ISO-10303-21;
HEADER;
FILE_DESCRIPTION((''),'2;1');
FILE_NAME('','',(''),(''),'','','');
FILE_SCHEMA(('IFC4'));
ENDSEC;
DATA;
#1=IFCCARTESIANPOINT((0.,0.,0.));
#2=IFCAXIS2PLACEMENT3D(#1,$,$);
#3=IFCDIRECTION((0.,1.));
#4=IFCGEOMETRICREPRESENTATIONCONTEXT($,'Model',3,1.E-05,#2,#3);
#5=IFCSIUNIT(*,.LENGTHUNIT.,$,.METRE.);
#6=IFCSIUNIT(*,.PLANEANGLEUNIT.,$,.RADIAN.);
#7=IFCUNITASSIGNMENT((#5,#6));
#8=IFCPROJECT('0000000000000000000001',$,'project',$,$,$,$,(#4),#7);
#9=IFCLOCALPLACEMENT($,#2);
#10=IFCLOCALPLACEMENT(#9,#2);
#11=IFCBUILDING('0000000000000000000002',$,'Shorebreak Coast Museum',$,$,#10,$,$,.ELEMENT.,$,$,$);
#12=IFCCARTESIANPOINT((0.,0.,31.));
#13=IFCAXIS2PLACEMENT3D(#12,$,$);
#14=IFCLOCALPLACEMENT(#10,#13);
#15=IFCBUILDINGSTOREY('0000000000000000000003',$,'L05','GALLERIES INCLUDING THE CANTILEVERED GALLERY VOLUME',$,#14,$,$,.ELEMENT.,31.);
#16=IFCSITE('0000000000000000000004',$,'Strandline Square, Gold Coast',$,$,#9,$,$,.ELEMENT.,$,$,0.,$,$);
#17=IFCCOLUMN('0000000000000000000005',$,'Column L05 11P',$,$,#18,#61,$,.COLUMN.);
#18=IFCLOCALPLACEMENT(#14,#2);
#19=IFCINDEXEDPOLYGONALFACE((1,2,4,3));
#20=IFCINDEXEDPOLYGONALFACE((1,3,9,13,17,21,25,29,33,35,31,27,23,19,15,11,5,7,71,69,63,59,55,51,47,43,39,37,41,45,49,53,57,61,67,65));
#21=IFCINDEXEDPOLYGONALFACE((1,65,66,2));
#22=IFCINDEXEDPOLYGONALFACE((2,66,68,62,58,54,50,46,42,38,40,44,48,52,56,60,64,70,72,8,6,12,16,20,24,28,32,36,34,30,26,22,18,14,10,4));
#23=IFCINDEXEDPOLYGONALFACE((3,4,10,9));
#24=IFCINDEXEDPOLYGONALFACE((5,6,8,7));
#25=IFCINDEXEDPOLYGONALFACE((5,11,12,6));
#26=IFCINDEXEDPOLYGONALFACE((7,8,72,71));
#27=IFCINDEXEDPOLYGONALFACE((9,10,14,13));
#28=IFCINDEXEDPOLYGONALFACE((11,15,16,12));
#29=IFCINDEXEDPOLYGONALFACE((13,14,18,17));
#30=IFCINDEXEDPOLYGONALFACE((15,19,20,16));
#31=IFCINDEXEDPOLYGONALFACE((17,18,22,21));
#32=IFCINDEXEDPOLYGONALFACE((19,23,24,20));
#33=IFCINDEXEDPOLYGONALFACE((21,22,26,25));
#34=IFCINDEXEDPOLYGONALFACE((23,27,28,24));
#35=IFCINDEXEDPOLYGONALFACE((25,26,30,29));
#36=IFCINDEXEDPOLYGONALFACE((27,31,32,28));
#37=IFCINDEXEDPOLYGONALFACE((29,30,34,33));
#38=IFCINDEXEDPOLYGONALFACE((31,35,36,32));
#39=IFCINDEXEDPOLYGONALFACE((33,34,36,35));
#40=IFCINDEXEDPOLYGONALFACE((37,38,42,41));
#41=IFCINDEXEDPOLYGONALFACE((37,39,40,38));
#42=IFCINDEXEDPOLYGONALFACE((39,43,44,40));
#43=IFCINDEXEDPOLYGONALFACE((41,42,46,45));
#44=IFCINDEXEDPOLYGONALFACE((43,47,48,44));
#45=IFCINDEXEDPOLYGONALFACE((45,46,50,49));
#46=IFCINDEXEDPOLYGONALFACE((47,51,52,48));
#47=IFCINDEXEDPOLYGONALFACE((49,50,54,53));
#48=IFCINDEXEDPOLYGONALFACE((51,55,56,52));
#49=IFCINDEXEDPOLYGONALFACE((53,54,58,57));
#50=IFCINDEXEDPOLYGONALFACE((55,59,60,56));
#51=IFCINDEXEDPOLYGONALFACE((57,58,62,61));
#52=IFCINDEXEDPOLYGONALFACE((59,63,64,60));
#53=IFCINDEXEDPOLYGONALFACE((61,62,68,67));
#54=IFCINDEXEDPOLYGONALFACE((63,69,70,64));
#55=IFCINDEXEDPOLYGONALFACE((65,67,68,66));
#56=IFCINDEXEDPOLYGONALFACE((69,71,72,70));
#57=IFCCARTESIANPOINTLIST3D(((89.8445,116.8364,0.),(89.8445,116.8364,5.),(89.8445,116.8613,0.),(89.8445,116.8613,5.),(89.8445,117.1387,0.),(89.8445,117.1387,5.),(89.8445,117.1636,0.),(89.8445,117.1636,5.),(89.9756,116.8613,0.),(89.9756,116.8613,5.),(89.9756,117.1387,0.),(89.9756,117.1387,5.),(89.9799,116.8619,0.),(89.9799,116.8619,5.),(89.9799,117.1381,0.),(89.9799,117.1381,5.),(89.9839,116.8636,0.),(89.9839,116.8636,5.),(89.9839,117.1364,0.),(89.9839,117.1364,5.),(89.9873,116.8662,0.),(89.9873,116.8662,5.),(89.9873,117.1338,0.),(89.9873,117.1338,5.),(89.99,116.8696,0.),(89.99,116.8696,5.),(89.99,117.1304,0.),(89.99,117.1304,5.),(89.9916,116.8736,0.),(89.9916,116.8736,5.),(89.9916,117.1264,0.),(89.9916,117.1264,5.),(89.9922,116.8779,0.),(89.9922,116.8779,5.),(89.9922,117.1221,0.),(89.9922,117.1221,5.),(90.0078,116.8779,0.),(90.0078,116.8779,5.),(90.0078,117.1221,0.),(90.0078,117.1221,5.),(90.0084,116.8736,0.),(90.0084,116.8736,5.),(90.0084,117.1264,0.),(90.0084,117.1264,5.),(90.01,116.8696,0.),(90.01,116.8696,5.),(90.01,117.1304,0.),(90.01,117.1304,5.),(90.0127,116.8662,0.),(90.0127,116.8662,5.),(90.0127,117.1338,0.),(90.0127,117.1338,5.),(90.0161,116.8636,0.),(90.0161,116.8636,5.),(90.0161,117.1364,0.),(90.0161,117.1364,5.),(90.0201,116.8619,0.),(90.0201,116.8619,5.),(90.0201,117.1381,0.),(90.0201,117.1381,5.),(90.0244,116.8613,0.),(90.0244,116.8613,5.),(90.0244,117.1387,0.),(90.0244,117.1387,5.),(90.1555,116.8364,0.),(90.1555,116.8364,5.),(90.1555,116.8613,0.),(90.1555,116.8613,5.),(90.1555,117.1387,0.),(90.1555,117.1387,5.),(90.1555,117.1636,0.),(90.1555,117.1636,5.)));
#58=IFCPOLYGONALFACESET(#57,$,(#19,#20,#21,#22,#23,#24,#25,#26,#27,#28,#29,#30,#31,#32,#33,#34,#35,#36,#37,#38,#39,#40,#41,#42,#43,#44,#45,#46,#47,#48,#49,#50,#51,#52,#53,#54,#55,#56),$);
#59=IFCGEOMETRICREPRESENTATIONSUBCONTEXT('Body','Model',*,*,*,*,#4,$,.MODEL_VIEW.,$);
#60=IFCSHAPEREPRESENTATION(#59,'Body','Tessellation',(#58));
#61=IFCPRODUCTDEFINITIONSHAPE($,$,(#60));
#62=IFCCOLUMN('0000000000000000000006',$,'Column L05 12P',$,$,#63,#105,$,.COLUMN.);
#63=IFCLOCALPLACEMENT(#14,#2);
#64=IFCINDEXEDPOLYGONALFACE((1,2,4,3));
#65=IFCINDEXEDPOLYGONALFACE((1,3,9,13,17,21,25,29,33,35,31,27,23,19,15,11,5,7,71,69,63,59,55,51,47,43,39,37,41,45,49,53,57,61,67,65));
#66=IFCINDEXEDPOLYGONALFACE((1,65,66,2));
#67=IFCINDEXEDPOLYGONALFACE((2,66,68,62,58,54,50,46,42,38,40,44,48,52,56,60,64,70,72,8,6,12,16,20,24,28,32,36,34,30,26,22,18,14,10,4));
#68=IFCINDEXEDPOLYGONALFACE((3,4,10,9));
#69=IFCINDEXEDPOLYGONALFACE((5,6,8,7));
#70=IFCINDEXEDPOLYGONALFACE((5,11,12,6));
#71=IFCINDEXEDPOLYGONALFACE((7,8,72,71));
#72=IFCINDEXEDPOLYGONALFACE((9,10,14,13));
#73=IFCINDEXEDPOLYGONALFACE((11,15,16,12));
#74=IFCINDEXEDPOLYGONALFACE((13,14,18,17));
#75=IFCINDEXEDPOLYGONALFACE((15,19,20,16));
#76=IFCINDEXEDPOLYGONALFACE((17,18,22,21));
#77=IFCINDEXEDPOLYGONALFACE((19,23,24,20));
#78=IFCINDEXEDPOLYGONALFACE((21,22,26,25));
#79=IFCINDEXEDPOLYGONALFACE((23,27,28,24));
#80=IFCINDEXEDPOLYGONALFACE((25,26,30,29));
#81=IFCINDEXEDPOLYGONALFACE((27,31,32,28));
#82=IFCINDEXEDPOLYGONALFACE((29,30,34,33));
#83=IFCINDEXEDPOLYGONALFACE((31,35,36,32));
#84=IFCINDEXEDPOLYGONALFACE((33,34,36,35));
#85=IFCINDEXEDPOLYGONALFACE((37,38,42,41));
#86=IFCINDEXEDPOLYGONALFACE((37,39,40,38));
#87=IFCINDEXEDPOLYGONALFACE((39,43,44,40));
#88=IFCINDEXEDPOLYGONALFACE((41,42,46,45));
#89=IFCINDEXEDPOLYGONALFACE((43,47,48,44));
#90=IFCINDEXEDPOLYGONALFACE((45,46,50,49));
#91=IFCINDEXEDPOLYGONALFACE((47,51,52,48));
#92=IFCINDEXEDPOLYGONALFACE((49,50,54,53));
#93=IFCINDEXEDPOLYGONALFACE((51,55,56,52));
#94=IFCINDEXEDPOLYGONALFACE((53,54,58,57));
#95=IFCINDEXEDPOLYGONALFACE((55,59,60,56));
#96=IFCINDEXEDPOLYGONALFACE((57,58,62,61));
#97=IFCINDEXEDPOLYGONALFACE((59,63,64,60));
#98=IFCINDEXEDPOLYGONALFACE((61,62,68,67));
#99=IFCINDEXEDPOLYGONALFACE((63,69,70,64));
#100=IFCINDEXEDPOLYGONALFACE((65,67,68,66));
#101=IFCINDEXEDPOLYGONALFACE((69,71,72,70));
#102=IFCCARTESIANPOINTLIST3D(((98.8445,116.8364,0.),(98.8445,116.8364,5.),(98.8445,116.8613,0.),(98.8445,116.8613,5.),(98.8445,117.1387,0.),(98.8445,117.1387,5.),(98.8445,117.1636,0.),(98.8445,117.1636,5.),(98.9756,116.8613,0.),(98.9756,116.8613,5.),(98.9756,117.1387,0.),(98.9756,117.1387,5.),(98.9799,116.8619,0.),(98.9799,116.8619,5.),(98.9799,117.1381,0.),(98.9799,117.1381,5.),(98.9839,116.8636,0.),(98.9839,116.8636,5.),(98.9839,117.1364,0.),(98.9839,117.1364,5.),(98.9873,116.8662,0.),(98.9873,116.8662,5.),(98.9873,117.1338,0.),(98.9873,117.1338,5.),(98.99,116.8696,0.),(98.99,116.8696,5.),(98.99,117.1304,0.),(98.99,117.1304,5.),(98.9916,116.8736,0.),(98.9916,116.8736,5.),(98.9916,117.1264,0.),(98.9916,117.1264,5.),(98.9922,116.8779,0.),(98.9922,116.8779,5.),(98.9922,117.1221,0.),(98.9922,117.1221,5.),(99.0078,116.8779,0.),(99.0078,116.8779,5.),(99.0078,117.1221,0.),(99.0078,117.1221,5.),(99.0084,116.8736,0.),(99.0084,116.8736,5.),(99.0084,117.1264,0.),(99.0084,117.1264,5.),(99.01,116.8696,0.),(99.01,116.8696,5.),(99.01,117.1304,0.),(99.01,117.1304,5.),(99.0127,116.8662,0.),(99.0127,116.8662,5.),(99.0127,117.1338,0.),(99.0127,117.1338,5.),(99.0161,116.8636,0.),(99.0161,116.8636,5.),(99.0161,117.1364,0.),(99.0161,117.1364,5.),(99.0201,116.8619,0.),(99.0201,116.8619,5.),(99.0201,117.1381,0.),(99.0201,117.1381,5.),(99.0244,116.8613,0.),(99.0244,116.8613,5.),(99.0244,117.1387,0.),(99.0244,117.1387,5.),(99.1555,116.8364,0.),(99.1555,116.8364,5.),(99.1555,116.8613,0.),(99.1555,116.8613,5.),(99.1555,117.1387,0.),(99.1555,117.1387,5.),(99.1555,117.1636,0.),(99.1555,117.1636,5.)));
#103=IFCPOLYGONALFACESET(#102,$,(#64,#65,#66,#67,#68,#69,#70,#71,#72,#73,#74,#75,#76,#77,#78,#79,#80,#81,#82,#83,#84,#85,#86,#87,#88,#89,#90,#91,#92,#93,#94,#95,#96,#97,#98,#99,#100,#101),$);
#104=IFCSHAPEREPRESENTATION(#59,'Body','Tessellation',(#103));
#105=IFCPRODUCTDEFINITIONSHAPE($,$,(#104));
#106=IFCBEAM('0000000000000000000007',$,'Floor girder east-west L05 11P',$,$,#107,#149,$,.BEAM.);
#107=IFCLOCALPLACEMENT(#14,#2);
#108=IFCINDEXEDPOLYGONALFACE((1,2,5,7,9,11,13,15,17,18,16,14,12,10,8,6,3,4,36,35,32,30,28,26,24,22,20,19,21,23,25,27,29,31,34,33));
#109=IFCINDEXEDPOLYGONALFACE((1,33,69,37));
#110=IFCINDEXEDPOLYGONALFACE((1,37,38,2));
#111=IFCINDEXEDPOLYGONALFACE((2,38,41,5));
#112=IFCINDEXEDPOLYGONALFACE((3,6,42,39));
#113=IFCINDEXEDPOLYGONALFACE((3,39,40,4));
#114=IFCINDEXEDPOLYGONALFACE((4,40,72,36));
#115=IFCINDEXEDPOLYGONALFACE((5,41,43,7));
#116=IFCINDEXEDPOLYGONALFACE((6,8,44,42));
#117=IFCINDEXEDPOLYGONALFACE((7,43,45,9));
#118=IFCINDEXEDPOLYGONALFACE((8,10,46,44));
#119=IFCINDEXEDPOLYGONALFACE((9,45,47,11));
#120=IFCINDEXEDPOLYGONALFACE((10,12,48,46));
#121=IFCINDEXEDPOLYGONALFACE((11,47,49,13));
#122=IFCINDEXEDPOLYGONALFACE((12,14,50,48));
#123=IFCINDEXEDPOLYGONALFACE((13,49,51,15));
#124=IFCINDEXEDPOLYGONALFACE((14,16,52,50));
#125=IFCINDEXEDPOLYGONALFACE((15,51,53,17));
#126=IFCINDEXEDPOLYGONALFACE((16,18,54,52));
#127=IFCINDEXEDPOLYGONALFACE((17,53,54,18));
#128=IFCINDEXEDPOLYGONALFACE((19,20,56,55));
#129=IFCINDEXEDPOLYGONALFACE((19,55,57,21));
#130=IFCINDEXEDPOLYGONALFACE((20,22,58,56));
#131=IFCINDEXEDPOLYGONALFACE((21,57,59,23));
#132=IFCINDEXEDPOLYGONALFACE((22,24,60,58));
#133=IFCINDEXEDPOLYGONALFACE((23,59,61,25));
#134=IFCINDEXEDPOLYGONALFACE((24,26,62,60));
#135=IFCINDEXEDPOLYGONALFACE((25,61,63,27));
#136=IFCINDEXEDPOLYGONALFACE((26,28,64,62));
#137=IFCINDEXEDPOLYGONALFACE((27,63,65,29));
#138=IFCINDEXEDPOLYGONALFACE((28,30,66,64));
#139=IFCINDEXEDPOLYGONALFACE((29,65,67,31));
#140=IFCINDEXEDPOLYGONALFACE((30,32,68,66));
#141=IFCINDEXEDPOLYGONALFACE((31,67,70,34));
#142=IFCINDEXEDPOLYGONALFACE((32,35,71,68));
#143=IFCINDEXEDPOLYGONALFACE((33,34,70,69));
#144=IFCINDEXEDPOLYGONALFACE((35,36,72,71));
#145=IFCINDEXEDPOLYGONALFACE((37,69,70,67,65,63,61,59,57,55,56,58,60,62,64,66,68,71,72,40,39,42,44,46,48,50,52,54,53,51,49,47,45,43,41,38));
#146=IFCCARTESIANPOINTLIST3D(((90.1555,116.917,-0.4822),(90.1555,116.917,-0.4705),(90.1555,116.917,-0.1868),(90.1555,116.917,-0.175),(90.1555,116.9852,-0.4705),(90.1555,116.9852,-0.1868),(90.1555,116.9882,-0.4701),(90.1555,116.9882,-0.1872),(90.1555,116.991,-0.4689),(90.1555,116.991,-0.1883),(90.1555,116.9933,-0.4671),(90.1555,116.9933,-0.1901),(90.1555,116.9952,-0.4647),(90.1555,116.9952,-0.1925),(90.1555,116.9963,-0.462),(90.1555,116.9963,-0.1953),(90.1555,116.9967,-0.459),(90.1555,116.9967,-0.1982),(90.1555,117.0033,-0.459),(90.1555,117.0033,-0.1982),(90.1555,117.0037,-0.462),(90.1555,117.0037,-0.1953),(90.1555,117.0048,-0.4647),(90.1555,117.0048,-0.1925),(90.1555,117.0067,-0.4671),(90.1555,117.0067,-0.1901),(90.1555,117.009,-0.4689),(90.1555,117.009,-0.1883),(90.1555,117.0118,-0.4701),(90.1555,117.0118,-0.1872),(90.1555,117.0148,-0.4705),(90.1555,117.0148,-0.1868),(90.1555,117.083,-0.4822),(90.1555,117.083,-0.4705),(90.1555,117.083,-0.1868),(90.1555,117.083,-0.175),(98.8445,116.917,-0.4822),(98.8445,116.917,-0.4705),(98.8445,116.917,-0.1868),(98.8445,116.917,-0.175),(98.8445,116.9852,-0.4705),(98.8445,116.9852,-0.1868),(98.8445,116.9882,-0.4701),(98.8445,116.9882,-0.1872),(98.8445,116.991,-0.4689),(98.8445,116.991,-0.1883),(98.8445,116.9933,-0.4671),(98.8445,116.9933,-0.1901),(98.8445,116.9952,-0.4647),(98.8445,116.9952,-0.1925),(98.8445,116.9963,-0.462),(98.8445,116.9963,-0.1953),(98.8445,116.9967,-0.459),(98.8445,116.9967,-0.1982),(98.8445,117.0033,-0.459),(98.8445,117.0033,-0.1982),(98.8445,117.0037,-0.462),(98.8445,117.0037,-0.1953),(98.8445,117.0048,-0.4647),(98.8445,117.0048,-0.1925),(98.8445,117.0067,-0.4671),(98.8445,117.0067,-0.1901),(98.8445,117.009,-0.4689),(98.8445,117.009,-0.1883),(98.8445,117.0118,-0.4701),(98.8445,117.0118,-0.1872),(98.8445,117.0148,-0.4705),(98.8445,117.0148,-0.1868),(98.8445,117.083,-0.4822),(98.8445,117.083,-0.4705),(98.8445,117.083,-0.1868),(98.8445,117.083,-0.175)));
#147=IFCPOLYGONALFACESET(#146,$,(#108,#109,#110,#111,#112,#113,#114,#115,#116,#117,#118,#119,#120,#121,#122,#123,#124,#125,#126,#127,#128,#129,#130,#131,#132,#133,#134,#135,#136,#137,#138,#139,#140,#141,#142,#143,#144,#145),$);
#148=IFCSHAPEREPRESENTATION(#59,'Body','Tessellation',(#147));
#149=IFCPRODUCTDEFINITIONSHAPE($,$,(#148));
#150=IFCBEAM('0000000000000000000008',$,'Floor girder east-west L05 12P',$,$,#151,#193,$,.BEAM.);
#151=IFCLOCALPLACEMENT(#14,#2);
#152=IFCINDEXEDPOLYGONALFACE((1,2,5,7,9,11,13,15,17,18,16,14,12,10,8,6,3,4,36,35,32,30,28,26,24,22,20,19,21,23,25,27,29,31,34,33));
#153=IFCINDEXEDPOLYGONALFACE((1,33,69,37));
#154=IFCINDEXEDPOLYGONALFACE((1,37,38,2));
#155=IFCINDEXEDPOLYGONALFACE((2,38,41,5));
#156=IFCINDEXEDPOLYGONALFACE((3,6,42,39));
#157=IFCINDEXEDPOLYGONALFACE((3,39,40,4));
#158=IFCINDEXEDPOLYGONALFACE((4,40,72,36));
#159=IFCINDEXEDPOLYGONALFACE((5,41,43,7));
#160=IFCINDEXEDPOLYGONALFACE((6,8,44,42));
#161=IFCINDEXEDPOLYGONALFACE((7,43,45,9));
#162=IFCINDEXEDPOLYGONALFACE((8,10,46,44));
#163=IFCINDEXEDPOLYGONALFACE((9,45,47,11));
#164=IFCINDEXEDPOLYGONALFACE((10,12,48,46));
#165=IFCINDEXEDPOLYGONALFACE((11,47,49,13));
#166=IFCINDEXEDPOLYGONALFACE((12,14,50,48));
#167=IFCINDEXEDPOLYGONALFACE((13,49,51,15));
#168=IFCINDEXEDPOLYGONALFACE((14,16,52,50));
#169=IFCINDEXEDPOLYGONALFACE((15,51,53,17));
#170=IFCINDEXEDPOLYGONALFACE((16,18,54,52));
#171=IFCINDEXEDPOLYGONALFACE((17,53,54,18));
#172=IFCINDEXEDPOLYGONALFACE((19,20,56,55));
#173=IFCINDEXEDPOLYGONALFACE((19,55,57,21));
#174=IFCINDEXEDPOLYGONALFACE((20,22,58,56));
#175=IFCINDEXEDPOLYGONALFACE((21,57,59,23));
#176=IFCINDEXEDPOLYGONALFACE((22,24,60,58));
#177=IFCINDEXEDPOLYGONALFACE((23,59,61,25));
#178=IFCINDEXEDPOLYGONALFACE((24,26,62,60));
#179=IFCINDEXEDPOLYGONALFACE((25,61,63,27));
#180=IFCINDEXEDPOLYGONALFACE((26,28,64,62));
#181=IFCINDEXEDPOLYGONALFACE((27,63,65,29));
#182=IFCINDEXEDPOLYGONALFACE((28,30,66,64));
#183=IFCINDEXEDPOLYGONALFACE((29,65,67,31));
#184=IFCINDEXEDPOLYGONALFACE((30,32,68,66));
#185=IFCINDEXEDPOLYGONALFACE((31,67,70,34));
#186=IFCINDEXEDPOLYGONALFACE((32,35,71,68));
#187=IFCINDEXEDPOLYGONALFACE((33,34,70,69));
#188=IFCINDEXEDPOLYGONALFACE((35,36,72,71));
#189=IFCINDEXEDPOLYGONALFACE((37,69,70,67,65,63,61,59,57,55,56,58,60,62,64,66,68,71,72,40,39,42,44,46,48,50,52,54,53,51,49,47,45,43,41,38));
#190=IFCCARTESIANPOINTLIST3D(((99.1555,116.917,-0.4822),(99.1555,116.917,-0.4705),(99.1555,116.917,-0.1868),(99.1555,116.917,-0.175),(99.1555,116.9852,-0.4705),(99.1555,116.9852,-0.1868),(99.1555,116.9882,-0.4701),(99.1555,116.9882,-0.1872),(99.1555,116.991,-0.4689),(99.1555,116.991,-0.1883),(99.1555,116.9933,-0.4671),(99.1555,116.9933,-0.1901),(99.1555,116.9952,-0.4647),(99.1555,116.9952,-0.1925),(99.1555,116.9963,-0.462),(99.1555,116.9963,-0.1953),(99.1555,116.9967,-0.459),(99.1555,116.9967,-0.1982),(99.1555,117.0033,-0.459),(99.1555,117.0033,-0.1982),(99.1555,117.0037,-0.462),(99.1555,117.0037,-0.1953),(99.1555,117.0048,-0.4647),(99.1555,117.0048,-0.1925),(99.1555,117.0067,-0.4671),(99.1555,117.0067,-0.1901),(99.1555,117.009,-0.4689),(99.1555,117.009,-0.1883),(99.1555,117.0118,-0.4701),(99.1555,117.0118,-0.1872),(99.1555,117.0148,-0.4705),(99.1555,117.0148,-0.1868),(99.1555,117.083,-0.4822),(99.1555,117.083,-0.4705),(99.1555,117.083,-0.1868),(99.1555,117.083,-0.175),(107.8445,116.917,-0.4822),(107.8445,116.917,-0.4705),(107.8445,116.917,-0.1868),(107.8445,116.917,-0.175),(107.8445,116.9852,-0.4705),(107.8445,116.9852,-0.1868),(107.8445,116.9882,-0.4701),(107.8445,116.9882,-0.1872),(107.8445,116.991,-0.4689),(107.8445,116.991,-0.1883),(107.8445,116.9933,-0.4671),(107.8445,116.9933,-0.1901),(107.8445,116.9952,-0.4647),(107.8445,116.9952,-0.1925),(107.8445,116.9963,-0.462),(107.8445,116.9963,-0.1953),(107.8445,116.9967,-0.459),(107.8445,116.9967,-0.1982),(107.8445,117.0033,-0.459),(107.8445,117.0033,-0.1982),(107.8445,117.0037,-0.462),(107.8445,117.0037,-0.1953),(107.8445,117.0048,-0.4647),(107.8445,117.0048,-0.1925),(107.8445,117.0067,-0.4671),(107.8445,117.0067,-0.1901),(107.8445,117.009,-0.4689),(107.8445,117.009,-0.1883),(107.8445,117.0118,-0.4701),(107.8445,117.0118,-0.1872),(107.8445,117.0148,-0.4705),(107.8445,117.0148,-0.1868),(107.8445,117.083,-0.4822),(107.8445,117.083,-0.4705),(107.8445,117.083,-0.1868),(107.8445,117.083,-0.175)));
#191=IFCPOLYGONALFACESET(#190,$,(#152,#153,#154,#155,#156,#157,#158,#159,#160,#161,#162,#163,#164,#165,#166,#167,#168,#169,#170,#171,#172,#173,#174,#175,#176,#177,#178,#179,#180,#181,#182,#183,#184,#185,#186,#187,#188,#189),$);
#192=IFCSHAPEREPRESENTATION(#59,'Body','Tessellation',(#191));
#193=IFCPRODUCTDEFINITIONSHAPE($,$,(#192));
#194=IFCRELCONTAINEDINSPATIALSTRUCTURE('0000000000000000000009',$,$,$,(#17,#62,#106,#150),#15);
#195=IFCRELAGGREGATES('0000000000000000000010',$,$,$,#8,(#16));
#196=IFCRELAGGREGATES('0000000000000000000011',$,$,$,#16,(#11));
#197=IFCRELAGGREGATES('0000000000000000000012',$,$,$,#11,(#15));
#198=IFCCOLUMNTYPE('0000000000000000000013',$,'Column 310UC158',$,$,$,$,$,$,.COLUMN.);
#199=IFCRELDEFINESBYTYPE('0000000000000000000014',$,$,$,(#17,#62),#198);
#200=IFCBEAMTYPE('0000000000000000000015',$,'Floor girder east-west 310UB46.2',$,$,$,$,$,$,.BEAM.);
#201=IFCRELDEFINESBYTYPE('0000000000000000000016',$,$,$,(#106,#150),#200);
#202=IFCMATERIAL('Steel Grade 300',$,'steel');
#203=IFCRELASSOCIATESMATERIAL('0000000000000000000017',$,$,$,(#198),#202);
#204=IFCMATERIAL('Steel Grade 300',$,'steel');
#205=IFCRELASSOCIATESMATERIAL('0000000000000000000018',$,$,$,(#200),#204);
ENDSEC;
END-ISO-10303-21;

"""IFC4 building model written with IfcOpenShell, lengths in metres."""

from ifc_helpers import new_model, si_unit, direction, frame, origin, origin_2d, place, context, subcontext, project, spatial, i_section, extrude, material, material_profile, profile_set, type_object, element, save


model = new_model("IFC4")

# Units and contexts
model_context = context("Model", 3, precision=1e-05, world=origin(), true_north=direction((0.0, 1.0)))
body_context = subcontext(model_context, "Body", "Model", "MODEL_VIEW")
ifc_project = project(units=[si_unit("LENGTHUNIT", "METRE"), si_unit("PLANEANGLEUNIT", "RADIAN")], contexts=[model_context])

# Site, building, storey
site_placement = place(None, origin())
site = spatial("IfcSite", under=ifc_project, at=site_placement, Name="Strandline Square, Gold Coast", CompositionType="ELEMENT", RefElevation=0.0)
building_placement = place(site_placement, origin())
building = spatial("IfcBuilding", under=site, at=building_placement, Name="Shorebreak Coast Museum", CompositionType="ELEMENT")
storey_placement = place(building_placement, frame((0.0, 0.0, 31.0)))
storey = spatial("IfcBuildingStorey", under=building, at=storey_placement, Name="L05", Description="GALLERIES INCLUDING THE CANTILEVERED GALLERY VOLUME", CompositionType="ELEMENT", Elevation=31.0)

# Columns
ifc_material_1 = material(Name="Steel Grade 300", Category="steel")
ifc_material_profile_1 = material_profile(ifc_material_1, i_section(OverallWidth=0.311, OverallDepth=0.3271, WebThickness=0.0156, FlangeThickness=0.0249, FilletRadius=0.0166, at=origin_2d()), Name="310UC158")
ifc_profile_set_1 = profile_set([ifc_material_profile_1], Name="Steel Grade 300")
column_type = type_object("IfcColumnType", Name="Column 310UC158", PredefinedType="COLUMN", material=ifc_profile_set_1)
for number, where, z_axis, x_axis, name in (
    (1, (90.0, 117.0, 0.0), (0.0, 0.0, 1.0), (1.0, 0.0, 0.0), "Column L05 11P"),
    (2, (99.0, 117.0, 0.0), (0.0, 0.0, 1.0), (1.0, 0.0, 0.0), "Column L05 12P"),
):
    element("IfcColumn", number, at=place(storey_placement, frame(where, z_axis=z_axis, x_axis=x_axis)), inside=storey, type_object=column_type, Name=name, PredefinedType="COLUMN", context=body_context, shape_type="SweptSolid", body=[
        extrude(i_section(OverallWidth=0.311, OverallDepth=0.3271, WebThickness=0.0156, FlangeThickness=0.0249, FilletRadius=0.0166, at=origin_2d()), origin(), (0.0, 0.0, 1.0), 5.0),
    ])

# Beams
ifc_material_2 = material(Name="Steel Grade 300", Category="steel")
ifc_material_profile_2 = material_profile(ifc_material_2, i_section(OverallWidth=0.166, OverallDepth=0.3071, WebThickness=0.0066, FlangeThickness=0.0117, FilletRadius=0.0115, at=origin_2d()), Name="310UB46.2")
ifc_profile_set_2 = profile_set([ifc_material_profile_2], Name="Steel Grade 300")
beam_type_1 = type_object("IfcBeamType", Name="Floor girder east-west 310UB46.2", PredefinedType="BEAM", material=ifc_profile_set_2)
for number, where, z_axis, x_axis, name in (
    (3, (90.1555, 117.0, -0.3286), (1.0, 0.0, 0.0), (0.0, 1.0, 0.0), "Floor girder east-west L05 11P"),
    (4, (99.1555, 117.0, -0.3286), (1.0, 0.0, 0.0), (0.0, 1.0, 0.0), "Floor girder east-west L05 12P"),
):
    element("IfcBeam", number, at=place(storey_placement, frame(where, z_axis=z_axis, x_axis=x_axis)), inside=storey, type_object=beam_type_1, Name=name, PredefinedType="BEAM", context=body_context, shape_type="SweptSolid", body=[
        extrude(i_section(OverallWidth=0.166, OverallDepth=0.3071, WebThickness=0.0066, FlangeThickness=0.0117, FilletRadius=0.0115, at=origin_2d()), origin(), (0.0, 0.0, 1.0), 8.689),
    ])

save(model, "model.ifc")
